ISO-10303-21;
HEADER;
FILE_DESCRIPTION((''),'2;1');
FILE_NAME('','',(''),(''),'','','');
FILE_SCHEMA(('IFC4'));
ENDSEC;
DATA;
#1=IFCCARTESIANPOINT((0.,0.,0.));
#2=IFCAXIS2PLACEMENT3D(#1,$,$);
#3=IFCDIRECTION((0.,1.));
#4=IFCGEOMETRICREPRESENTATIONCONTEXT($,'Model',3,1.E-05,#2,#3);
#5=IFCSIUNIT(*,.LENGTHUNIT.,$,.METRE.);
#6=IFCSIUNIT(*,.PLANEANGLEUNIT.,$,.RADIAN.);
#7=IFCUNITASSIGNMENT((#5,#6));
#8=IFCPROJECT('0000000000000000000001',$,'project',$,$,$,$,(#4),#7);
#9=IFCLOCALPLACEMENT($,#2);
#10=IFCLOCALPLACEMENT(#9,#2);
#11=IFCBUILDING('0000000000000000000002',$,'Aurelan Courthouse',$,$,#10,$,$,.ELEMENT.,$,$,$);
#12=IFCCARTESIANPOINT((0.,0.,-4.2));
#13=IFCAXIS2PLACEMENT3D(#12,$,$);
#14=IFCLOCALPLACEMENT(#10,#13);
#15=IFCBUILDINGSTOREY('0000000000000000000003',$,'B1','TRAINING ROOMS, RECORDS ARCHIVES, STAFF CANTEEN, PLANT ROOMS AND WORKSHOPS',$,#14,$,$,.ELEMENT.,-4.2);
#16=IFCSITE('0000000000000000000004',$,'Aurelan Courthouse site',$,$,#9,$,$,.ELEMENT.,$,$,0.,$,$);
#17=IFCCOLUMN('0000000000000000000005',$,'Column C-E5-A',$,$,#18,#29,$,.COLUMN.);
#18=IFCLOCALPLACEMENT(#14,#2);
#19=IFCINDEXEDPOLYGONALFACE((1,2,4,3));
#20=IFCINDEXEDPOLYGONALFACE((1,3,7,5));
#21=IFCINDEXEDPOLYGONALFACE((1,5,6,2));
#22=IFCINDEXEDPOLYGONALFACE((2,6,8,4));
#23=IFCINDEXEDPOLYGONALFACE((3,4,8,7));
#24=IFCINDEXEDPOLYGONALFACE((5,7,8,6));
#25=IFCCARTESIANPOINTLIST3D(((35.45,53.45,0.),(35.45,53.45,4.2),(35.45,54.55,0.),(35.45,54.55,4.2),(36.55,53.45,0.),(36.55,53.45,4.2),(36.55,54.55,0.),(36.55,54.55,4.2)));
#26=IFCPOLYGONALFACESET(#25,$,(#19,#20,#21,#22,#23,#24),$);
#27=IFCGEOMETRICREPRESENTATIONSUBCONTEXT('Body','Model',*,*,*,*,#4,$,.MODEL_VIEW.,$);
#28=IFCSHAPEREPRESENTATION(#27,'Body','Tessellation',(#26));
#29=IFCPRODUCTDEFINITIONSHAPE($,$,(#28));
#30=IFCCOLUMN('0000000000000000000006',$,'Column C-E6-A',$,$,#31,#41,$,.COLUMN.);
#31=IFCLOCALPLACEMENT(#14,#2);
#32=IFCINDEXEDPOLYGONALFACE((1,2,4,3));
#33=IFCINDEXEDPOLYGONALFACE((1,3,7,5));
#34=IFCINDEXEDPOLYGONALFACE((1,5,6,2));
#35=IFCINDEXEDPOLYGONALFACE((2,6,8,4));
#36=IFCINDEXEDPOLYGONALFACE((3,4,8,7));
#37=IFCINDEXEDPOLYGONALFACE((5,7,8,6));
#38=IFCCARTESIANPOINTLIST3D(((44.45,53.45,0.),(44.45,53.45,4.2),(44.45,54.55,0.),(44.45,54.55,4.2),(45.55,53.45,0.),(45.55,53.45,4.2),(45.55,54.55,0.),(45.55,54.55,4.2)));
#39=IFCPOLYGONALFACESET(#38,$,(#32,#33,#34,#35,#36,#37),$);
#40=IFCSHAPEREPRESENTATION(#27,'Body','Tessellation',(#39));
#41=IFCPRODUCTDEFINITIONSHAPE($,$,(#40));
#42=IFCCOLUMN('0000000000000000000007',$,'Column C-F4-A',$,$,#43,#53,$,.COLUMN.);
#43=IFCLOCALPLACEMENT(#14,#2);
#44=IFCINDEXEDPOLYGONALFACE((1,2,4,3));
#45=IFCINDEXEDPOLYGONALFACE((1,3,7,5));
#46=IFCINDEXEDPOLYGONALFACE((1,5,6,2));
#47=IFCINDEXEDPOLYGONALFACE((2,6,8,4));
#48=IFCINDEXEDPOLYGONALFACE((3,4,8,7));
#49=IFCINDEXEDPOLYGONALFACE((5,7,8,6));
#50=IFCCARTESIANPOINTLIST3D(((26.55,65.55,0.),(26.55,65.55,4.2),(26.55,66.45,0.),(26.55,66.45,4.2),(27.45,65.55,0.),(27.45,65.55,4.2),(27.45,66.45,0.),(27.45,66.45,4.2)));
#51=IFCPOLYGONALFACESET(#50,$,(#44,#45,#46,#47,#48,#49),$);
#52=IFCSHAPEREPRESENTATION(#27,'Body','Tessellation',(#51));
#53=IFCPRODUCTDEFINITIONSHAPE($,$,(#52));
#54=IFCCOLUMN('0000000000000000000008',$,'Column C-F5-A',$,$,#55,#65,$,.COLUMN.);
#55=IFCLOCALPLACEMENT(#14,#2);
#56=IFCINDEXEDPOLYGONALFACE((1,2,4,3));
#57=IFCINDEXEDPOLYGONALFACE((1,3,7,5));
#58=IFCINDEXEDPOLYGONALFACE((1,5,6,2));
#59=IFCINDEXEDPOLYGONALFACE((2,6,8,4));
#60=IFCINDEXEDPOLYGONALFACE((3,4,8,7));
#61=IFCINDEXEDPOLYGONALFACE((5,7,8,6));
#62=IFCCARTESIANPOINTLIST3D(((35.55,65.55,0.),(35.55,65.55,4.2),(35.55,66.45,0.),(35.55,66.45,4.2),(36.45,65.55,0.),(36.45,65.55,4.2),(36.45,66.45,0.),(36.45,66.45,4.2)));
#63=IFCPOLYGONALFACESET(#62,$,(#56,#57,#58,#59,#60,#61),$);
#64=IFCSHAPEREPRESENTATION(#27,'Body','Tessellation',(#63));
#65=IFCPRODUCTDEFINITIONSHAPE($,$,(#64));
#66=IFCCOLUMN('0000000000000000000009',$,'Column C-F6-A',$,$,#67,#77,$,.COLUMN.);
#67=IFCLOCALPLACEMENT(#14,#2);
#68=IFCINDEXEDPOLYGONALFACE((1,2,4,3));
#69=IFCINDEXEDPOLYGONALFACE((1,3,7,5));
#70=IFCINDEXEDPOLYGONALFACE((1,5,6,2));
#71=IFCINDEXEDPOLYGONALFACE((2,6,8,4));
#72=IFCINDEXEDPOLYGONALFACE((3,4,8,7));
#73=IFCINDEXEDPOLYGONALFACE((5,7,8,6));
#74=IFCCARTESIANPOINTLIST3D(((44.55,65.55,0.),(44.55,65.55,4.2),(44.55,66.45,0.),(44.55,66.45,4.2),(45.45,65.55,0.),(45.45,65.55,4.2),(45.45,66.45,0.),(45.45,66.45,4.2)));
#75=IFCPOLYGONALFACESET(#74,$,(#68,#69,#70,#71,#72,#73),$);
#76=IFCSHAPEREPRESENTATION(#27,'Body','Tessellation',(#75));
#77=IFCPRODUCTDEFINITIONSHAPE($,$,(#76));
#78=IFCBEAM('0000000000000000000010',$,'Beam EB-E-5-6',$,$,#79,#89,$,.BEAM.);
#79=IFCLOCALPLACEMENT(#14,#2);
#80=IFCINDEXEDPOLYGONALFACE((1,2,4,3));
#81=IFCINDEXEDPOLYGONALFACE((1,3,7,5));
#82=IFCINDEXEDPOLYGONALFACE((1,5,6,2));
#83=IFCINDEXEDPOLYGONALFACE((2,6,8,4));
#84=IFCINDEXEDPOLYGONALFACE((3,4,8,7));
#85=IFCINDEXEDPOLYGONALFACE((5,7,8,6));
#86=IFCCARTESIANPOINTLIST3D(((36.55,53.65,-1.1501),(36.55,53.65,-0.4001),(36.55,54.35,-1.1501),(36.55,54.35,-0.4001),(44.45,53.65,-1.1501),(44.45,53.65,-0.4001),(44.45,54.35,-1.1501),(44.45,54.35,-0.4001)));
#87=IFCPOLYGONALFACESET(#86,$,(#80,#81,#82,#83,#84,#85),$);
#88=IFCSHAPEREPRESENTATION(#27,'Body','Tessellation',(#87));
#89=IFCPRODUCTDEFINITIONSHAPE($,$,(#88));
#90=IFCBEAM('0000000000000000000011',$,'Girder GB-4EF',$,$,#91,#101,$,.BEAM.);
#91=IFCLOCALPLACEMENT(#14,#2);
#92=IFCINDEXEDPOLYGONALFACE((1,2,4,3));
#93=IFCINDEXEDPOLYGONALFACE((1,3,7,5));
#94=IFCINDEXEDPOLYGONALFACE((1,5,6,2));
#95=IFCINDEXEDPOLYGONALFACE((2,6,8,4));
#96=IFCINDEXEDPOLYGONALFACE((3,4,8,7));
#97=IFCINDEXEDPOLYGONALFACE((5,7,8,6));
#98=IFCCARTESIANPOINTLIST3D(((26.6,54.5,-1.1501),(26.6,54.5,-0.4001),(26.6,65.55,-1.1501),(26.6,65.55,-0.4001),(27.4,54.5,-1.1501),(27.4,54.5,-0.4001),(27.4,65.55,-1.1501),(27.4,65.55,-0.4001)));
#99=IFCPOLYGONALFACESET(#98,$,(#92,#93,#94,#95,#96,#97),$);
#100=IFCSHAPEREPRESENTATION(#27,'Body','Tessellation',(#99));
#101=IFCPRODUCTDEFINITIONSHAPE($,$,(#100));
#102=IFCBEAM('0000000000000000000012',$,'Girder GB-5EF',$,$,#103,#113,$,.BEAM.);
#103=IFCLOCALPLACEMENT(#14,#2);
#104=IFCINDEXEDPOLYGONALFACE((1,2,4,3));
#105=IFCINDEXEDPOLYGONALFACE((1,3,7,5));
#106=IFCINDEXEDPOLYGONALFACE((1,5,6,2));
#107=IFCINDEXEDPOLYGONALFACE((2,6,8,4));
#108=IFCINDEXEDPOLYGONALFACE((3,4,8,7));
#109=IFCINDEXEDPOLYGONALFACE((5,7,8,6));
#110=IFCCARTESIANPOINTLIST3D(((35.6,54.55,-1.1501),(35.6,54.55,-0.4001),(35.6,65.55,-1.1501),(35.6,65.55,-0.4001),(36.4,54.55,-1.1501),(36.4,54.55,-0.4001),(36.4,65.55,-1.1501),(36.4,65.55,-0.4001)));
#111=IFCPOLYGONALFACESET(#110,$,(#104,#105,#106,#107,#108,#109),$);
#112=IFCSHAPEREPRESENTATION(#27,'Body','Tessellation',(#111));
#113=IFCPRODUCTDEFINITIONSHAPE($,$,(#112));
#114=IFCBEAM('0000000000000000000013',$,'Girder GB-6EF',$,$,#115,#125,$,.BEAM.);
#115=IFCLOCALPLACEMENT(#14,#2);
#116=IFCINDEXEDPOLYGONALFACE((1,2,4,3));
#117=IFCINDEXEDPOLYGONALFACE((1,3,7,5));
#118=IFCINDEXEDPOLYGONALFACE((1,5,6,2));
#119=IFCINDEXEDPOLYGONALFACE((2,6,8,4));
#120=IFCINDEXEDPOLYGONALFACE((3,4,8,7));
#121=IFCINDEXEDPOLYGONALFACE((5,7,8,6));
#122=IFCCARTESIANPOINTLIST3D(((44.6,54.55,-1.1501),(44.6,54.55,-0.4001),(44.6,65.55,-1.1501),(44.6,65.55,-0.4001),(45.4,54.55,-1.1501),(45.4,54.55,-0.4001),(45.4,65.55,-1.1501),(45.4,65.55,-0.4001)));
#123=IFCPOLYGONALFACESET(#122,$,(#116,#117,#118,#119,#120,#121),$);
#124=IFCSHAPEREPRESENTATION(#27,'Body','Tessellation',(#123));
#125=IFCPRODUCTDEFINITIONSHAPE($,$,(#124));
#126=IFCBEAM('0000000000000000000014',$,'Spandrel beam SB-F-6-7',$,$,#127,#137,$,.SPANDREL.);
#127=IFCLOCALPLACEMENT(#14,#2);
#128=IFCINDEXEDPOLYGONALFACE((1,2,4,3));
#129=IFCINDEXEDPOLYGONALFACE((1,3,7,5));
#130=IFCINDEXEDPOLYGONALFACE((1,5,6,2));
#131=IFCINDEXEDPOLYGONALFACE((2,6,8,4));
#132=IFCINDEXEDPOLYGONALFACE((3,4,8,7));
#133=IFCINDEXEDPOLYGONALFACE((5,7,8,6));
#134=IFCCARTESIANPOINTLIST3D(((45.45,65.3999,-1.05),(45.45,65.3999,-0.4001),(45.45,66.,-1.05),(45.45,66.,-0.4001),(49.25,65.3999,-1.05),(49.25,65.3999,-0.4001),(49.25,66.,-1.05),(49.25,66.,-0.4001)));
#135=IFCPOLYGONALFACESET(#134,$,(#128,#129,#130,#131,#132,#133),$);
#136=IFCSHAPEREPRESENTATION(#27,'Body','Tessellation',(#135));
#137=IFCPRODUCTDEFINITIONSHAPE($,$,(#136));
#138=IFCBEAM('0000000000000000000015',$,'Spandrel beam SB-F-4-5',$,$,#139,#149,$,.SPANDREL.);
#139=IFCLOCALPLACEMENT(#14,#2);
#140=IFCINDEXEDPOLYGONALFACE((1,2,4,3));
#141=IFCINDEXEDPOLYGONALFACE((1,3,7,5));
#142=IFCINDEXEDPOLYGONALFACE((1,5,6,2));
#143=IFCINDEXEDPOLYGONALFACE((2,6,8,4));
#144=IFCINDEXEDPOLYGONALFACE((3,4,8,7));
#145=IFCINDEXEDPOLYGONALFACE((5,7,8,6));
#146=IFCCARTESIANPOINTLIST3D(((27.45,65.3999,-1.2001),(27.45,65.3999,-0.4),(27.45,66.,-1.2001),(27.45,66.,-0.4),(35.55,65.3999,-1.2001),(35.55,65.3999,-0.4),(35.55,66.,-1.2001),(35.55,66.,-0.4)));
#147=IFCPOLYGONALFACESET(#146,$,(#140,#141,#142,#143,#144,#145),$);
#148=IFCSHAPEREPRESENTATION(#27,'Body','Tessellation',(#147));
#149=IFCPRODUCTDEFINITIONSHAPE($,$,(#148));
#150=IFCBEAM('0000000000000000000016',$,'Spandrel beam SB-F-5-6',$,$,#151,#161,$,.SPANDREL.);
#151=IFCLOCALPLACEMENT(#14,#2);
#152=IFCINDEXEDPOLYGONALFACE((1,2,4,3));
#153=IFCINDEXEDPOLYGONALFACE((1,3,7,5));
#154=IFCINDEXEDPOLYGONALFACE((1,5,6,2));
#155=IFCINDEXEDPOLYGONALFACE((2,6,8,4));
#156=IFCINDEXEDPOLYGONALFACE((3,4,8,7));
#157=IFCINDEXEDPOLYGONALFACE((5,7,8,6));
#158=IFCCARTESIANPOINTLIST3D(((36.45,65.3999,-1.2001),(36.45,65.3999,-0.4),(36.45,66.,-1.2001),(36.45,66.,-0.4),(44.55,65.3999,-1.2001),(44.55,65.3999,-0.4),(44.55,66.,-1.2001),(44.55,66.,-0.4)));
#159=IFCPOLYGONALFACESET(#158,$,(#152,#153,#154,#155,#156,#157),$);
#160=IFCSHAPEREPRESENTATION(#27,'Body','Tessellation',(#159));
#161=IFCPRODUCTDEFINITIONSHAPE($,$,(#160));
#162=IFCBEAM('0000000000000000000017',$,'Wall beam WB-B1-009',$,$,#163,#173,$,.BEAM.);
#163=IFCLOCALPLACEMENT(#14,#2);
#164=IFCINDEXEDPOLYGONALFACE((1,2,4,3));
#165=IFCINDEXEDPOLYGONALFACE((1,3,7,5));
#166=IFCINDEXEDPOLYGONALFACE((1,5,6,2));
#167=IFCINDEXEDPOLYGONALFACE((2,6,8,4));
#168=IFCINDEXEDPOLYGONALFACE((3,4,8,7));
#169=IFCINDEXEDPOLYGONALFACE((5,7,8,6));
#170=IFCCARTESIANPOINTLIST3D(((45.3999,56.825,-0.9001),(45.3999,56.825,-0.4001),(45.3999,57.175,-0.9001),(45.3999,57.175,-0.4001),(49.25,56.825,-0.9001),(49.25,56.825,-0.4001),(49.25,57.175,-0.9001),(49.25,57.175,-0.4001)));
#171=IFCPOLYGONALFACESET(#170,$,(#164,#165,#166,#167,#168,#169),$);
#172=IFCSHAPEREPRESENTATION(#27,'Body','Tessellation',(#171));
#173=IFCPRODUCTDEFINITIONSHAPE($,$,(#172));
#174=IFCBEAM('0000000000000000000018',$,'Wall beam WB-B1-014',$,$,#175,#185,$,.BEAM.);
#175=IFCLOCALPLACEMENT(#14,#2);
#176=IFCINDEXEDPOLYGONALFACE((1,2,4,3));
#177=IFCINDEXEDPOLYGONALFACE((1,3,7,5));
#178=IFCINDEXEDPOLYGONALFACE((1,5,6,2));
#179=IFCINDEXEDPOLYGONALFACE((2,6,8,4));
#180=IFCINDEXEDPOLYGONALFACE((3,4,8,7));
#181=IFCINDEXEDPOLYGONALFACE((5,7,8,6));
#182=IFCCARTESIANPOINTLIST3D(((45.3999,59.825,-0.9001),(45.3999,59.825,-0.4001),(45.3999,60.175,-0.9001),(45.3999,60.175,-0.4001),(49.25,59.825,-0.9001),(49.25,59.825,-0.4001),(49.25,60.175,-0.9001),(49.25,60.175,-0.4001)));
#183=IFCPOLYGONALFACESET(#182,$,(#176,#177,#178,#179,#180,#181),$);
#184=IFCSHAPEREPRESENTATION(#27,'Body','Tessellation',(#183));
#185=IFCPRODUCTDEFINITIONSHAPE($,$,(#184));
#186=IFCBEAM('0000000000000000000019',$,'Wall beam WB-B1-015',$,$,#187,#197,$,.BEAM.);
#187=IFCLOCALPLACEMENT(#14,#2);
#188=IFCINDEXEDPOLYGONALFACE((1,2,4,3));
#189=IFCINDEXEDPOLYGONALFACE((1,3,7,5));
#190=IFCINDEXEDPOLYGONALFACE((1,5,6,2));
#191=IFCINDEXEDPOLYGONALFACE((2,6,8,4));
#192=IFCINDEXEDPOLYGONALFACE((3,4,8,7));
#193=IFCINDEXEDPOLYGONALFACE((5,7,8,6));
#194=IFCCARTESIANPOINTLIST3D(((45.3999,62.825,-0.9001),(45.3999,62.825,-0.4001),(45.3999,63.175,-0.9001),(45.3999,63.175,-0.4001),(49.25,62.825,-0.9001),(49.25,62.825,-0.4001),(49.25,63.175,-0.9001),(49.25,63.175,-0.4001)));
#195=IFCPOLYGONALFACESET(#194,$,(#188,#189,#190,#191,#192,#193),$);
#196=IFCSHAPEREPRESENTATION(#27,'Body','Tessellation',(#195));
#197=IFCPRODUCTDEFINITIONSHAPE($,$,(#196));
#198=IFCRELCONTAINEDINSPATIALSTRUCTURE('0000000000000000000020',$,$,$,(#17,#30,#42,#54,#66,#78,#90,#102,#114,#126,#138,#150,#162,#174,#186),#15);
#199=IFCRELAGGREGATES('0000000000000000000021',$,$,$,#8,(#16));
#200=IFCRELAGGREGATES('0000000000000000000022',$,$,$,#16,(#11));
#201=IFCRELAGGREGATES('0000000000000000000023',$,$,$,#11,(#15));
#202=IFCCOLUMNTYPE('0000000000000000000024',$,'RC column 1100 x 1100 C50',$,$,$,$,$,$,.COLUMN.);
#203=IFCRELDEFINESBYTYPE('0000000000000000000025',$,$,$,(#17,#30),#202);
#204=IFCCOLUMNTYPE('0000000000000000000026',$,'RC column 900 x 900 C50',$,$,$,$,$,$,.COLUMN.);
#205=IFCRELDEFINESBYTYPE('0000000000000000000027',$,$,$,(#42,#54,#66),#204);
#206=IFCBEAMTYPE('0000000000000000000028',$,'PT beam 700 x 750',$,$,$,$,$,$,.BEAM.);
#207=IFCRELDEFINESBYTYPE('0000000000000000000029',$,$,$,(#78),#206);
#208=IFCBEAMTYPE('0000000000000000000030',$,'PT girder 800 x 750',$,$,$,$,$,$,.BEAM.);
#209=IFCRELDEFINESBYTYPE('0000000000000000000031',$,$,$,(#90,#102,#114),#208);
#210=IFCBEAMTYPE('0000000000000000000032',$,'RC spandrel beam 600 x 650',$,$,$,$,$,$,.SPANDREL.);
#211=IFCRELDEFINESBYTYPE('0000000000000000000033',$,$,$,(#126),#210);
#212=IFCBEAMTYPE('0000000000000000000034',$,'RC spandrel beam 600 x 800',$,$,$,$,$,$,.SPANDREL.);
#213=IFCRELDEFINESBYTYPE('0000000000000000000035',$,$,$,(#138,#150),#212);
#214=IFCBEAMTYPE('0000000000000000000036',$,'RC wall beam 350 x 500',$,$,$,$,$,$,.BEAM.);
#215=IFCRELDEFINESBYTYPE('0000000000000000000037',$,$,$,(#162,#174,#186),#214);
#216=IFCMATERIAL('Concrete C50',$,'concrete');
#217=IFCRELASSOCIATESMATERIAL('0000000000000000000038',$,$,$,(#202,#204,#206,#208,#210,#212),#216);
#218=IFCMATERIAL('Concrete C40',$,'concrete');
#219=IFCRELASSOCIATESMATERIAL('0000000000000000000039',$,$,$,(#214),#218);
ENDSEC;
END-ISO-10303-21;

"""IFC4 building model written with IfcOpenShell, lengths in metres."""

from ifc_helpers import new_model, si_unit, direction, frame, origin, origin_2d, place, context, subcontext, project, spatial, rectangle, extrude, material, material_profile, profile_set, type_object, element, save


model = new_model("IFC4")

# Units and contexts
model_context = context("Model", 3, precision=1e-05, world=origin(), true_north=direction((0.0, 1.0)))
body_context = subcontext(model_context, "Body", "Model", "MODEL_VIEW")
ifc_project = project(units=[si_unit("LENGTHUNIT", "METRE"), si_unit("PLANEANGLEUNIT", "RADIAN")], contexts=[model_context])

# Site, building, storey
site_placement = place(None, origin())
site = spatial("IfcSite", under=ifc_project, at=site_placement, Name="Aurelan Courthouse site", CompositionType="ELEMENT", RefElevation=0.0)
building_placement = place(site_placement, origin())
building = spatial("IfcBuilding", under=site, at=building_placement, Name="Aurelan Courthouse", CompositionType="ELEMENT")
storey_placement = place(building_placement, frame((0.0, 0.0, -4.2)))
storey = spatial("IfcBuildingStorey", under=building, at=storey_placement, Name="B1", Description="TRAINING ROOMS, RECORDS ARCHIVES, STAFF CANTEEN, PLANT ROOMS AND WORKSHOPS", CompositionType="ELEMENT", Elevation=-4.2)

# Columns
ifc_material_1 = material(Name="Concrete C50", Category="concrete")
ifc_material_profile_1 = material_profile(ifc_material_1, rectangle(XDim=1.1001, YDim=1.1001, at=origin_2d()), Name="RC 1100 x 1100")
ifc_profile_set_1 = profile_set([ifc_material_profile_1], Name="Concrete C50")
column_type_1 = type_object("IfcColumnType", Name="RC column 1100 x 1100 C50", PredefinedType="COLUMN", material=ifc_profile_set_1)
for number, where, z_axis, x_axis, name in (
    (1, (36.0, 54.0, 0.0), (0.0, 0.0, 1.0), (1.0, 0.0, 0.0), "Column C-E5-A"),
    (2, (45.0, 54.0, 0.0), (0.0, 0.0, 1.0), (1.0, 0.0, 0.0), "Column C-E6-A"),
):
    element("IfcColumn", number, at=place(storey_placement, frame(where, z_axis=z_axis, x_axis=x_axis)), inside=storey, type_object=column_type_1, Name=name, PredefinedType="COLUMN", context=body_context, shape_type="SweptSolid", body=[
        extrude(rectangle(XDim=1.1001, YDim=1.1001, at=origin_2d()), origin(), (0.0, 0.0, 1.0), 4.2),
    ])
ifc_material_profile_2 = material_profile(ifc_material_1, rectangle(XDim=0.8999, YDim=0.8999, at=origin_2d()), Name="RC 900 x 900")
ifc_profile_set_2 = profile_set([ifc_material_profile_2], Name="Concrete C50")
column_type_2 = type_object("IfcColumnType", Name="RC column 900 x 900 C50", PredefinedType="COLUMN", material=ifc_profile_set_2)
for number, where, z_axis, x_axis, name in (
    (3, (27.0, 66.0, 0.0), (0.0, 0.0, 1.0), (1.0, 0.0, 0.0), "Column C-F4-A"),
    (4, (36.0, 66.0, 0.0), (0.0, 0.0, 1.0), (1.0, 0.0, 0.0), "Column C-F5-A"),
    (5, (45.0, 66.0, 0.0), (0.0, 0.0, 1.0), (1.0, 0.0, 0.0), "Column C-F6-A"),
):
    element("IfcColumn", number, at=place(storey_placement, frame(where, z_axis=z_axis, x_axis=x_axis)), inside=storey, type_object=column_type_2, Name=name, PredefinedType="COLUMN", context=body_context, shape_type="SweptSolid", body=[
        extrude(rectangle(XDim=0.8999, YDim=0.8999, at=origin_2d()), origin(), (0.0, 0.0, 1.0), 4.2),
    ])

# Beams
ifc_material_profile_3 = material_profile(ifc_material_1, rectangle(XDim=0.7, YDim=0.75, at=origin_2d()), Name="RC 700 x 750")
ifc_profile_set_3 = profile_set([ifc_material_profile_3], Name="Concrete C50")
beam_type_1 = type_object("IfcBeamType", Name="PT beam 700 x 750", PredefinedType="BEAM", material=ifc_profile_set_3)
beam_1_placement = place(storey_placement, frame((36.55, 54.0, -0.7751), z_axis=(1.0, 0.0, 0.0), x_axis=(0.0, 1.0, 0.0)))
element("IfcBeam", 6, at=beam_1_placement, inside=storey, type_object=beam_type_1, Name="Beam EB-E-5-6", PredefinedType="BEAM", context=body_context, shape_type="SweptSolid", body=[
    extrude(rectangle(XDim=0.7, YDim=0.75, at=origin_2d()), origin(), (0.0, 0.0, 1.0), 7.8999),
])
ifc_material_profile_4 = material_profile(ifc_material_1, rectangle(XDim=0.8, YDim=0.75, at=origin_2d()), Name="RC 800 x 750")
ifc_profile_set_4 = profile_set([ifc_material_profile_4], Name="Concrete C50")
beam_type_2 = type_object("IfcBeamType", Name="PT girder 800 x 750", PredefinedType="BEAM", material=ifc_profile_set_4)
beam_2_placement = place(storey_placement, frame((27.0, 54.5, -0.7751), z_axis=(0.0, 1.0, 0.0), x_axis=(-1.0, 0.0, 0.0)))
element("IfcBeam", 7, at=beam_2_placement, inside=storey, type_object=beam_type_2, Name="Girder GB-4EF", PredefinedType="BEAM", context=body_context, shape_type="SweptSolid", body=[
    extrude(rectangle(XDim=0.8, YDim=0.75, at=origin_2d()), origin(), (0.0, 0.0, 1.0), 11.05),
])
for number, where, z_axis, x_axis, name in (
    (8, (36.0, 54.55, -0.7751), (0.0, 1.0, 0.0), (-1.0, 0.0, 0.0), "Girder GB-5EF"),
    (9, (45.0, 54.55, -0.7751), (0.0, 1.0, 0.0), (-1.0, 0.0, 0.0), "Girder GB-6EF"),
):
    element("IfcBeam", number, at=place(storey_placement, frame(where, z_axis=z_axis, x_axis=x_axis)), inside=storey, type_object=beam_type_2, Name=name, PredefinedType="BEAM", context=body_context, shape_type="SweptSolid", body=[
        extrude(rectangle(XDim=0.8, YDim=0.75, at=origin_2d()), origin(), (0.0, 0.0, 1.0), 11.0),
    ])
ifc_material_profile_5 = material_profile(ifc_material_1, rectangle(XDim=0.6001, YDim=0.6499, at=origin_2d()), Name="RC 600 x 650")
ifc_profile_set_5 = profile_set([ifc_material_profile_5], Name="Concrete C50")
beam_type_3 = type_object("IfcBeamType", Name="RC spandrel beam 600 x 650", PredefinedType="SPANDREL", material=ifc_profile_set_5)
beam_3_placement = place(storey_placement, frame((45.45, 65.7, -0.7251), z_axis=(1.0, 0.0, 0.0), x_axis=(0.0, 1.0, 0.0)))
element("IfcBeam", 10, at=beam_3_placement, inside=storey, type_object=beam_type_3, Name="Spandrel beam SB-F-6-7", PredefinedType="SPANDREL", context=body_context, shape_type="SweptSolid", body=[
    extrude(rectangle(XDim=0.6001, YDim=0.6499, at=origin_2d()), origin(), (0.0, 0.0, 1.0), 3.8),
])
ifc_material_profile_6 = material_profile(ifc_material_1, rectangle(XDim=0.6001, YDim=0.8, at=origin_2d()), Name="RC 600 x 800")
ifc_profile_set_6 = profile_set([ifc_material_profile_6], Name="Concrete C50")
beam_type_4 = type_object("IfcBeamType", Name="RC spandrel beam 600 x 800", PredefinedType="SPANDREL", material=ifc_profile_set_6)
for number, where, z_axis, x_axis, name in (
    (11, (27.45, 65.7, -0.8), (1.0, 0.0, 0.0), (0.0, 1.0, 0.0), "Spandrel beam SB-F-4-5"),
    (12, (36.45, 65.7, -0.8), (1.0, 0.0, 0.0), (0.0, 1.0, 0.0), "Spandrel beam SB-F-5-6"),
):
    element("IfcBeam", number, at=place(storey_placement, frame(where, z_axis=z_axis, x_axis=x_axis)), inside=storey, type_object=beam_type_4, Name=name, PredefinedType="SPANDREL", context=body_context, shape_type="SweptSolid", body=[
        extrude(rectangle(XDim=0.6001, YDim=0.8, at=origin_2d()), origin(), (0.0, 0.0, 1.0), 8.1001),
    ])
ifc_material_2 = material(Name="Concrete C40", Category="concrete")
ifc_material_profile_7 = material_profile(ifc_material_2, rectangle(XDim=0.3501, YDim=0.5, at=origin_2d()), Name="RC 350 x 500")
ifc_profile_set_7 = profile_set([ifc_material_profile_7], Name="Concrete C40")
beam_type_5 = type_object("IfcBeamType", Name="RC wall beam 350 x 500", PredefinedType="BEAM", material=ifc_profile_set_7)
for number, where, z_axis, x_axis, name in (
    (13, (45.3999, 57.0, -0.6501), (1.0, 0.0, 0.0), (0.0, 1.0, 0.0), "Wall beam WB-B1-009"),
    (14, (45.3999, 60.0, -0.6501), (1.0, 0.0, 0.0), (0.0, 1.0, 0.0), "Wall beam WB-B1-014"),
    (15, (45.3999, 63.0, -0.6501), (1.0, 0.0, 0.0), (0.0, 1.0, 0.0), "Wall beam WB-B1-015"),
):
    element("IfcBeam", number, at=place(storey_placement, frame(where, z_axis=z_axis, x_axis=x_axis)), inside=storey, type_object=beam_type_5, Name=name, PredefinedType="BEAM", context=body_context, shape_type="SweptSolid", body=[
        extrude(rectangle(XDim=0.3501, YDim=0.5, at=origin_2d()), origin(), (0.0, 0.0, 1.0), 3.8501),
    ])

save(model, "model.ifc")
